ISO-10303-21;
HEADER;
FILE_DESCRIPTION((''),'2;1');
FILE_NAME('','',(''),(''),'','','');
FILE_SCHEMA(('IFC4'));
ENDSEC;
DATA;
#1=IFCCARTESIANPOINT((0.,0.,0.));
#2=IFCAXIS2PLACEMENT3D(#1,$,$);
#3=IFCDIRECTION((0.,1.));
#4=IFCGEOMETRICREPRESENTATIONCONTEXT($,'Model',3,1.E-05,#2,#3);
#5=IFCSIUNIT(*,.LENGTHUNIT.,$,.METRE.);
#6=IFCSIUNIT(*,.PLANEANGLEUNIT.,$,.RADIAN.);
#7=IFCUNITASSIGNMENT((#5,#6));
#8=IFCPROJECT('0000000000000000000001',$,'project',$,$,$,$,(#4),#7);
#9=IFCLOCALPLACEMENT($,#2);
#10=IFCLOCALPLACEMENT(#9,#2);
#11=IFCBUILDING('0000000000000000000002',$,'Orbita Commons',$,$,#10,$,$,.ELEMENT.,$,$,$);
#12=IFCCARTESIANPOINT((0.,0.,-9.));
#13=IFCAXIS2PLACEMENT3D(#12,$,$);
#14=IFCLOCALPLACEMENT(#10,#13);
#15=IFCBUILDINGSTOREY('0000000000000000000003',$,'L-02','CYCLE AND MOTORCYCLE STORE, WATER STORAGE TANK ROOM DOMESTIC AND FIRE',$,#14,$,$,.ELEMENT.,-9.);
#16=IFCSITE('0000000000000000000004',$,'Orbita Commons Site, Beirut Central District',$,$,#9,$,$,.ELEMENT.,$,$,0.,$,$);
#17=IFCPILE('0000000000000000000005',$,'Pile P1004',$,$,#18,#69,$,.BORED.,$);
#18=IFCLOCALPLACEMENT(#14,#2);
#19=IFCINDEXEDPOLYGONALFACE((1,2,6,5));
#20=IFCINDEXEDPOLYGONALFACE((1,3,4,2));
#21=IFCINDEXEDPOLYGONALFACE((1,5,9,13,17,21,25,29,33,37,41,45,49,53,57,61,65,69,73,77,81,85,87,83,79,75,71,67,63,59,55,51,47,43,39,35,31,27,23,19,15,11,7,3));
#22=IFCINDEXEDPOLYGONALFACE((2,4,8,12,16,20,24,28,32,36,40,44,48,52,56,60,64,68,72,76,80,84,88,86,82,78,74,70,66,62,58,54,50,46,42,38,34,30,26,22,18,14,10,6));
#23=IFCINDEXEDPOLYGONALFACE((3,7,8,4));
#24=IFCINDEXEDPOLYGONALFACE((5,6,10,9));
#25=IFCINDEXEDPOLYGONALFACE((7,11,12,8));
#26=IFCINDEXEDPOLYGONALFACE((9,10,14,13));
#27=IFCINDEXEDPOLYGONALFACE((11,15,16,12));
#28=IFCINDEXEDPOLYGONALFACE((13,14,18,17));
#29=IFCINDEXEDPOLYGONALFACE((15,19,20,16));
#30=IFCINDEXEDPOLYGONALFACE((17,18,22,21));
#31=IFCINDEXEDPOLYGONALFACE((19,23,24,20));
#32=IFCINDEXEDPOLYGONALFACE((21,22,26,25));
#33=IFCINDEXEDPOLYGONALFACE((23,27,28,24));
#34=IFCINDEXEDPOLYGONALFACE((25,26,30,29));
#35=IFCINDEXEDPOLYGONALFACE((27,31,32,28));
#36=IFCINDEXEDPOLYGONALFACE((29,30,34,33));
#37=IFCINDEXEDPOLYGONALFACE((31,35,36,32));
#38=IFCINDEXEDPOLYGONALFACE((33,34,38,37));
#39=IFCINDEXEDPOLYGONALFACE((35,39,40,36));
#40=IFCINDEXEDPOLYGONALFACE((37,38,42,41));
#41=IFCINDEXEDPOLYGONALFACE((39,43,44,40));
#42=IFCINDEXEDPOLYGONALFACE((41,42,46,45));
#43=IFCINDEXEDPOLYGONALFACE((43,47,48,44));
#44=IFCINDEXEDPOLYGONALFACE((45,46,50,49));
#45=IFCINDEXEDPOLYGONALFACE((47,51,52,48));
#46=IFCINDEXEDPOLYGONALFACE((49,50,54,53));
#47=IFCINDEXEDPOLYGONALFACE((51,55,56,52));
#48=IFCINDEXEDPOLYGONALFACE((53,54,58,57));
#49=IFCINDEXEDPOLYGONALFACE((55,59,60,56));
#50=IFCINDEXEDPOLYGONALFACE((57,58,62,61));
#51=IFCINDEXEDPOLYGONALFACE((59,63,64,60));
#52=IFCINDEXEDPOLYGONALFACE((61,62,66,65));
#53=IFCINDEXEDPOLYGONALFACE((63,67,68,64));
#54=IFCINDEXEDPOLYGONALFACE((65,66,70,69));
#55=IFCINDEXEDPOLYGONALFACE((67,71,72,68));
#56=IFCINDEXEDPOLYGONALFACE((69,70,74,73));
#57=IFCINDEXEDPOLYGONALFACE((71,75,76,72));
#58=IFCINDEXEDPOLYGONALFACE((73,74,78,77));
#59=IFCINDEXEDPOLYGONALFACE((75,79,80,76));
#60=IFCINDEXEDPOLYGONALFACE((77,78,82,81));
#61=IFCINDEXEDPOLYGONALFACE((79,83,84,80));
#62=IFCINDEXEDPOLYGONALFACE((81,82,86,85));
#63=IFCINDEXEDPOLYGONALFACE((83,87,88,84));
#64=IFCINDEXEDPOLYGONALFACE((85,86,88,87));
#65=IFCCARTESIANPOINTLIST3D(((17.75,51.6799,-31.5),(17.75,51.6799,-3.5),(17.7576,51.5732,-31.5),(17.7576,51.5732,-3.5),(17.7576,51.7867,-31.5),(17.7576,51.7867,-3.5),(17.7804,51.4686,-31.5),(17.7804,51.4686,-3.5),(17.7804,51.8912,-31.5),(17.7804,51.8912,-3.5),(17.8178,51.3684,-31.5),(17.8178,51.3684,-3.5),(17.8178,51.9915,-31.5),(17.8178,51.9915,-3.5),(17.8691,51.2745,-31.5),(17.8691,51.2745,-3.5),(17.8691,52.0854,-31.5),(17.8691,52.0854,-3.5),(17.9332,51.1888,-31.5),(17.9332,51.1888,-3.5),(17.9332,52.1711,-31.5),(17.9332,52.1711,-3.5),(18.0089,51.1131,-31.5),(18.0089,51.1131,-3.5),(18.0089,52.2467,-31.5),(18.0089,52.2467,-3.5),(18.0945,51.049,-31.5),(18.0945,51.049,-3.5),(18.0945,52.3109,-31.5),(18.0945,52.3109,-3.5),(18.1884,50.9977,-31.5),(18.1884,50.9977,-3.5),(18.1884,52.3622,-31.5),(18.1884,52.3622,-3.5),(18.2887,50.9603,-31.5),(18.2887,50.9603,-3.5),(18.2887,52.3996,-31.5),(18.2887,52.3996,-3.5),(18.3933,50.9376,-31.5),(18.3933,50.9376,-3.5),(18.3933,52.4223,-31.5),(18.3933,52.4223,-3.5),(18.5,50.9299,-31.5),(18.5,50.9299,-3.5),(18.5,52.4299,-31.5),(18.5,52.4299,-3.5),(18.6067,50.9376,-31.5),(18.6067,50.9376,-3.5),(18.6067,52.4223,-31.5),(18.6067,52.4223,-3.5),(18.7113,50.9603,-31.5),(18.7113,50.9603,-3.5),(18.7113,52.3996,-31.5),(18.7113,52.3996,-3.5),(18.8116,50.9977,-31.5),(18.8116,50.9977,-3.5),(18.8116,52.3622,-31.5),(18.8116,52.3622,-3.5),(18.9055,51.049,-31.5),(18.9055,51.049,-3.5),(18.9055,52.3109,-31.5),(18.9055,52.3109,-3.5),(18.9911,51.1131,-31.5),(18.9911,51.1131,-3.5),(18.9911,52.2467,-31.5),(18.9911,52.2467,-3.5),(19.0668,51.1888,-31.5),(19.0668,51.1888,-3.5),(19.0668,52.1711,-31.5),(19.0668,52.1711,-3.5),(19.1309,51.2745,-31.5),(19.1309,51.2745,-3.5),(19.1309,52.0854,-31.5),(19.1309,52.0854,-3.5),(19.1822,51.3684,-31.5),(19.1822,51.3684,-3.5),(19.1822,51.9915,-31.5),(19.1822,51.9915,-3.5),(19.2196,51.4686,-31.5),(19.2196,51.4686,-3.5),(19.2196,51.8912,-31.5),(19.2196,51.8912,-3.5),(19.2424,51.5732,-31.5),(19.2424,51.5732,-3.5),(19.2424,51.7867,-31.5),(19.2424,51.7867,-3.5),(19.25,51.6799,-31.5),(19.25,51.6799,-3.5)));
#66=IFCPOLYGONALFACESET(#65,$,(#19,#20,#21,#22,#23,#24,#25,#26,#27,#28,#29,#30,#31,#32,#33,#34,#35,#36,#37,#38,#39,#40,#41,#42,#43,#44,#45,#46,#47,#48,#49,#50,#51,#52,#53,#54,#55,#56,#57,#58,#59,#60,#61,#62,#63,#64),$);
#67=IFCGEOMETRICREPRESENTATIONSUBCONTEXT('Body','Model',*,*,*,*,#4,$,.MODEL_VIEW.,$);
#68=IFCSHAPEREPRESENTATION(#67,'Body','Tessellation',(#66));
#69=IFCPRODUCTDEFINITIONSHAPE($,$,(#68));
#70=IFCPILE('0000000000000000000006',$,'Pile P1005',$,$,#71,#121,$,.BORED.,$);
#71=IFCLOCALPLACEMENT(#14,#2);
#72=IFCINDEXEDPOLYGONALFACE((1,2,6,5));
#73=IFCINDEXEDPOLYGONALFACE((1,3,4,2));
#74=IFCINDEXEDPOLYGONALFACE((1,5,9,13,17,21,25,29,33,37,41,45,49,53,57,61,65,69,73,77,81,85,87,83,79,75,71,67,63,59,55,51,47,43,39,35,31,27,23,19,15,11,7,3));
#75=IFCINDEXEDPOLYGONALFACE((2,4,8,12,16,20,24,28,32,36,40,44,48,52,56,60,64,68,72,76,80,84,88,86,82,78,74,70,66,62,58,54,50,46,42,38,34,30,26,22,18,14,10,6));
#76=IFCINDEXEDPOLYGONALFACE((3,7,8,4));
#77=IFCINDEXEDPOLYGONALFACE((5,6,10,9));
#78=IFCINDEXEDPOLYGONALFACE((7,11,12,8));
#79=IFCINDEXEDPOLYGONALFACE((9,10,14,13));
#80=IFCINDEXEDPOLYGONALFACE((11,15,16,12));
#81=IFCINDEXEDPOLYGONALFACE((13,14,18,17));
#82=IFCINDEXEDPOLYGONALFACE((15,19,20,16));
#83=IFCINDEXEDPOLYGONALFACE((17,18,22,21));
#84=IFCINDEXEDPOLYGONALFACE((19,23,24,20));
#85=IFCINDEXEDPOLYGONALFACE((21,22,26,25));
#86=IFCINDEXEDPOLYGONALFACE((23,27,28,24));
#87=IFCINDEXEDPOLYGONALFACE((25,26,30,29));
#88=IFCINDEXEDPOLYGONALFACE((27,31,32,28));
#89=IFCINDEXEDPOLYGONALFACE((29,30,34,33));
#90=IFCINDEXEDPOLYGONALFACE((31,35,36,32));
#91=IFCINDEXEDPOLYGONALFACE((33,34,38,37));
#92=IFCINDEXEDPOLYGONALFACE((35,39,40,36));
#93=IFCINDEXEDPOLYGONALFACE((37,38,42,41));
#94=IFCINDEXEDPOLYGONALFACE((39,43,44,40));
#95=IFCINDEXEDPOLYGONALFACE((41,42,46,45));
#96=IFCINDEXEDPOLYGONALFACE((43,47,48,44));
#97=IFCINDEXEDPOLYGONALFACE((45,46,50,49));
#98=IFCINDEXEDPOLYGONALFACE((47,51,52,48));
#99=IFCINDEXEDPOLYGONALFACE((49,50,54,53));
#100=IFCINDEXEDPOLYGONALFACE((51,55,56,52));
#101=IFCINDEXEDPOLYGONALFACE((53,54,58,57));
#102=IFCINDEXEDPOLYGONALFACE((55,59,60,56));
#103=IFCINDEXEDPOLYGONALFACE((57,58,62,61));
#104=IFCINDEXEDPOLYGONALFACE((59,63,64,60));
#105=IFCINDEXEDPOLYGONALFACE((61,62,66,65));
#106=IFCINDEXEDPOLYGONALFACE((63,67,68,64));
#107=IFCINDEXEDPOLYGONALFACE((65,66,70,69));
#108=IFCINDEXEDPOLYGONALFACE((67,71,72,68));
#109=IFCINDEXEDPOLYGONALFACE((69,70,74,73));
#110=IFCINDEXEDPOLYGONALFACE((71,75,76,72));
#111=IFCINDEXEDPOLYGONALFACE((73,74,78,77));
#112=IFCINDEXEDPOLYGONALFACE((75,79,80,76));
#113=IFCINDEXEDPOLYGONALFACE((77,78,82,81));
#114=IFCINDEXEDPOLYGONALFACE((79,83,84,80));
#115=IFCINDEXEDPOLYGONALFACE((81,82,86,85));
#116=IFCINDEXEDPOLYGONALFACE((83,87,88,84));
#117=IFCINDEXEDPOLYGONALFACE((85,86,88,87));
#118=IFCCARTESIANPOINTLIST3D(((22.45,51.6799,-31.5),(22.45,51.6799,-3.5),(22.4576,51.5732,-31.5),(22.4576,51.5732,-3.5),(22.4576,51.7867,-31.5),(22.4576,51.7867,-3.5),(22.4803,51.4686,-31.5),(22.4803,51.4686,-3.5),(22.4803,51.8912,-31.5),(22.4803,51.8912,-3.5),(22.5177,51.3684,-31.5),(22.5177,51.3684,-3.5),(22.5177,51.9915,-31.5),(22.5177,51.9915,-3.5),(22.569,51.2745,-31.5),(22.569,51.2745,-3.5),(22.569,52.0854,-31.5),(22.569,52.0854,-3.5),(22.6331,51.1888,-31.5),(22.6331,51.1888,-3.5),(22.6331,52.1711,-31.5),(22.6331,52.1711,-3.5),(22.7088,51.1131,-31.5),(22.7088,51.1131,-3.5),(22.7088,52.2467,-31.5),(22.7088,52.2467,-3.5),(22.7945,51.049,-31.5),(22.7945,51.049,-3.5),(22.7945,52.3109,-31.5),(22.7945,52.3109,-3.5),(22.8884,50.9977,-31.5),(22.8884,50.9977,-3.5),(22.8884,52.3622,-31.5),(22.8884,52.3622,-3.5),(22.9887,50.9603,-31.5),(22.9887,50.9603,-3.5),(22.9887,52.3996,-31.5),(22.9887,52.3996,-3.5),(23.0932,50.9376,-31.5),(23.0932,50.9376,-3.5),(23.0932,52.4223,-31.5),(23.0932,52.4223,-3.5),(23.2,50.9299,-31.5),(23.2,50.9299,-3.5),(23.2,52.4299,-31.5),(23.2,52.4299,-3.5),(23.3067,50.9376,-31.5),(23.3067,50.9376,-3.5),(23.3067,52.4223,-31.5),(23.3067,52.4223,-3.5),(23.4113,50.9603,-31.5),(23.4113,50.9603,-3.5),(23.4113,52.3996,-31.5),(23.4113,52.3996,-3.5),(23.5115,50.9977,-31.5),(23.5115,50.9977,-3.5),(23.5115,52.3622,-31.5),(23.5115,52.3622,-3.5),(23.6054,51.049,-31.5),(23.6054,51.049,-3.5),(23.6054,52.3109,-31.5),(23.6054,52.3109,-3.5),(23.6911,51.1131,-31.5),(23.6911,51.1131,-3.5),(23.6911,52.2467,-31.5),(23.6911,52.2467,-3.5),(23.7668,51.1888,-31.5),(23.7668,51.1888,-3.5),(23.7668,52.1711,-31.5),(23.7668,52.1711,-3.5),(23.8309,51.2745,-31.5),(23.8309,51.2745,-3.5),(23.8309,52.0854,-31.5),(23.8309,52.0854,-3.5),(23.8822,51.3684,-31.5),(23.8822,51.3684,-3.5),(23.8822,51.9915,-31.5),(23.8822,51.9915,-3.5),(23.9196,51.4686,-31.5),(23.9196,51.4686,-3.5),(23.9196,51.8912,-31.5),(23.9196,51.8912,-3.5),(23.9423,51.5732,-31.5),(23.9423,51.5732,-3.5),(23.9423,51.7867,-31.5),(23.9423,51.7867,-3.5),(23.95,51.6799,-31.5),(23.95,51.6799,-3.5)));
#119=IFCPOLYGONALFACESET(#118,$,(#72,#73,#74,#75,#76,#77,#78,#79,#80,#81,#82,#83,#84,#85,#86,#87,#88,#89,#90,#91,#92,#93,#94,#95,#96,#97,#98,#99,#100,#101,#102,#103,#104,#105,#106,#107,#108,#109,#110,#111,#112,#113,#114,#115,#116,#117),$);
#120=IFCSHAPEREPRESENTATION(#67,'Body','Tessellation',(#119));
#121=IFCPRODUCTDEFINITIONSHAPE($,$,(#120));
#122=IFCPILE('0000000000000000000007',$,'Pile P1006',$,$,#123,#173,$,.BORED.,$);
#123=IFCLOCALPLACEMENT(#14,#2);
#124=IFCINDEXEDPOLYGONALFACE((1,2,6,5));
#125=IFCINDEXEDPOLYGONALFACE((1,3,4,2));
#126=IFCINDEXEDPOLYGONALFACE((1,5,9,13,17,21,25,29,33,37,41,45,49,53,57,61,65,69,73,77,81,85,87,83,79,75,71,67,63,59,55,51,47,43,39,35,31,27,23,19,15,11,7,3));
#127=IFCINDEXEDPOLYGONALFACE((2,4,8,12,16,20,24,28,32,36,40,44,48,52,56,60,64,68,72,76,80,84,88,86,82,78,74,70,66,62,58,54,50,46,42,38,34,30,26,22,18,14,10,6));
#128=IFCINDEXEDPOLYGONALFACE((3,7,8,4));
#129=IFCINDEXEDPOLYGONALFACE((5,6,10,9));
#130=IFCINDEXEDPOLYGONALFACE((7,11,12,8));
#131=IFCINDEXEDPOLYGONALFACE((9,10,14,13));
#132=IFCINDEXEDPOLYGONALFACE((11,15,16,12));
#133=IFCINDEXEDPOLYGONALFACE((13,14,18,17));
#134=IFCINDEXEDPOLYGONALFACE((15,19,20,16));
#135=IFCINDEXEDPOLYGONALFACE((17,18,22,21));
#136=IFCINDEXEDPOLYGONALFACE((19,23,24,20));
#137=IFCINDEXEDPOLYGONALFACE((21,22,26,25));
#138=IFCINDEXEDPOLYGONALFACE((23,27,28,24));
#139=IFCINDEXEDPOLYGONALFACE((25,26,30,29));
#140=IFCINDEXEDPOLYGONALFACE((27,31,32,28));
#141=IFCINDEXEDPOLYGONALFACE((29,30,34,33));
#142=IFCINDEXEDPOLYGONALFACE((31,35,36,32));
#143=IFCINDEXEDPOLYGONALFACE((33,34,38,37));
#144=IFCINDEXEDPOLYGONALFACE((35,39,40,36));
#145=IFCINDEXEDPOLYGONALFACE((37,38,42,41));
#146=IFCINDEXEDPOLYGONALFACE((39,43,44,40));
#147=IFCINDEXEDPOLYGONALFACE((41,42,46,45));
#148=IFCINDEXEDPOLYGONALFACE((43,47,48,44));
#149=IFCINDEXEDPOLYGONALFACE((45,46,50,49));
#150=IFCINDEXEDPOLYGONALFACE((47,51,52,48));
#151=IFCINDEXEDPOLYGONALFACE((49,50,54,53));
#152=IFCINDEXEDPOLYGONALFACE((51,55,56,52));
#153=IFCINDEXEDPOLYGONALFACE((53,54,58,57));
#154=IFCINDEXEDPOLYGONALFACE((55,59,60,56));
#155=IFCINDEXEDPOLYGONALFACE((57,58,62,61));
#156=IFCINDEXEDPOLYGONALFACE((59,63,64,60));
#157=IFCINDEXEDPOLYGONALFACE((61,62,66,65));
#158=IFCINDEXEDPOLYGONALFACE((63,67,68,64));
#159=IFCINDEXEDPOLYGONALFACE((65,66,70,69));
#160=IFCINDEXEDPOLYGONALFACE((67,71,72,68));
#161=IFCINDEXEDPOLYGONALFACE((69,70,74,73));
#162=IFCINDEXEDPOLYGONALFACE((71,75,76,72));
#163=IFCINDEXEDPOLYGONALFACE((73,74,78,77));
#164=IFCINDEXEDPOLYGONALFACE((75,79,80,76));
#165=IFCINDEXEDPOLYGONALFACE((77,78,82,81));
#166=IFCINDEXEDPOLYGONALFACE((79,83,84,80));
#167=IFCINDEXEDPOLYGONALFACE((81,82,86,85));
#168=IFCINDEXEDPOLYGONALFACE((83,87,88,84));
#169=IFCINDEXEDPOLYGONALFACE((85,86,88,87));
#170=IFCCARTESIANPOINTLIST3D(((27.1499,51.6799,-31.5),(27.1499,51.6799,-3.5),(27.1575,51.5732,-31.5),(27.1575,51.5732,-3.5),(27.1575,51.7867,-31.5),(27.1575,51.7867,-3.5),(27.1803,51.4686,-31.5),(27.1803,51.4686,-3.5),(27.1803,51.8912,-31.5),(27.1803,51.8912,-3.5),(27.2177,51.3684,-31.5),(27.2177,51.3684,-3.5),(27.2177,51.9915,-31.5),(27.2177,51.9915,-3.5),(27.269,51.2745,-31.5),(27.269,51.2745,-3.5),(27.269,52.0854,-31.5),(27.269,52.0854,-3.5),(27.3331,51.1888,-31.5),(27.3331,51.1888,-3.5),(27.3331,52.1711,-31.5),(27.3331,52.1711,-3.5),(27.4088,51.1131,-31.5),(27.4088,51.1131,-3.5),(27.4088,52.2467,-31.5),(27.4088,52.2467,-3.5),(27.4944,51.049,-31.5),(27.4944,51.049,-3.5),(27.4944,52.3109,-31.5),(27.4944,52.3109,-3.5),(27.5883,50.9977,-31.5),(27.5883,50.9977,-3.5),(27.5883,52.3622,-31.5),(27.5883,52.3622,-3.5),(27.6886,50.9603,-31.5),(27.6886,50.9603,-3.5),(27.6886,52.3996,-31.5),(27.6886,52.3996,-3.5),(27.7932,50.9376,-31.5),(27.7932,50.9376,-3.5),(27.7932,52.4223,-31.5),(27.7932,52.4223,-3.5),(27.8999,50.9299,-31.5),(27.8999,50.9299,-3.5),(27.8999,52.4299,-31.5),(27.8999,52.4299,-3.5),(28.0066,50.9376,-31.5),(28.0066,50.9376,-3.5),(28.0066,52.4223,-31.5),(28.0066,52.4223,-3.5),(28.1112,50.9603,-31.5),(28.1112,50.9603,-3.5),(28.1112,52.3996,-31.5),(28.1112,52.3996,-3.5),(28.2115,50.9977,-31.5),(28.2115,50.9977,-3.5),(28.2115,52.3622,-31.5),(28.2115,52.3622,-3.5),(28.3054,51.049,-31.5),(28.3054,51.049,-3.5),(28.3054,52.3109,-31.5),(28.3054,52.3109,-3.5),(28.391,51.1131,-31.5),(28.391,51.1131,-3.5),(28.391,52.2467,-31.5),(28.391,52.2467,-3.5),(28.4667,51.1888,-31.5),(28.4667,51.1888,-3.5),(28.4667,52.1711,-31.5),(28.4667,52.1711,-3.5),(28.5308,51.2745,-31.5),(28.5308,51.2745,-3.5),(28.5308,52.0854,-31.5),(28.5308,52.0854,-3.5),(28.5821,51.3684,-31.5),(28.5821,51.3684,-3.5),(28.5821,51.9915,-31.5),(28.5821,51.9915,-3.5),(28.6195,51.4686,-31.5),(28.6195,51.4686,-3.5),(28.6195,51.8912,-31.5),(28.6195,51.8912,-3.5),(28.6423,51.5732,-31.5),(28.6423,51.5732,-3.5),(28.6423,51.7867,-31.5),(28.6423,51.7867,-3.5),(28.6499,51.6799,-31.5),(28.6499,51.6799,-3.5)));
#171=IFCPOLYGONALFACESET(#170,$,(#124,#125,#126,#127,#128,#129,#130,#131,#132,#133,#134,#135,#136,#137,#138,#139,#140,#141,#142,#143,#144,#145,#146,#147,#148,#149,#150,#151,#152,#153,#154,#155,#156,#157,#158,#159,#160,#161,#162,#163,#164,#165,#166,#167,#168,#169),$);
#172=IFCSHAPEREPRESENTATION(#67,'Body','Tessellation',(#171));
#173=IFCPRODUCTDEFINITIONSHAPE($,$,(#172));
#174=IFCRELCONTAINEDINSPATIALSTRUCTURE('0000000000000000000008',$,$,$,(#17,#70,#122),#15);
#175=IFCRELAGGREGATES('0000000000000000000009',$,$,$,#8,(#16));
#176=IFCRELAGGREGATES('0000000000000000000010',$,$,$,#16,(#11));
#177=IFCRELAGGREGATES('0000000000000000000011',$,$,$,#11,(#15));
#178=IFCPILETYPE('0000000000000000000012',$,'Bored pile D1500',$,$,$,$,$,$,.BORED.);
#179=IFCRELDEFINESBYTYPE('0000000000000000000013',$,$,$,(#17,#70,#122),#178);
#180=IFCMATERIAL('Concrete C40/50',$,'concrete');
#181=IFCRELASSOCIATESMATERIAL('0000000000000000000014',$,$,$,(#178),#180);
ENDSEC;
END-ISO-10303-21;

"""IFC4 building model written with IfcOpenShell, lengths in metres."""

from ifc_helpers import new_model, si_unit, direction, frame, origin, origin_2d, place, context, subcontext, project, spatial, circle, extrude, material, material_profile, profile_set, type_object, element, save


model = new_model("IFC4")

# Units and contexts
model_context = context("Model", 3, precision=1e-05, world=origin(), true_north=direction((0.0, 1.0)))
body_context = subcontext(model_context, "Body", "Model", "MODEL_VIEW")
ifc_project = project(units=[si_unit("LENGTHUNIT", "METRE"), si_unit("PLANEANGLEUNIT", "RADIAN")], contexts=[model_context])

# Site, building, storey
site_placement = place(None, origin())
site = spatial("IfcSite", under=ifc_project, at=site_placement, Name="Orbita Commons Site, Beirut Central District", CompositionType="ELEMENT", RefElevation=0.0)
building_placement = place(site_placement, origin())
building = spatial("IfcBuilding", under=site, at=building_placement, Name="Orbita Commons", CompositionType="ELEMENT")
storey_placement = place(building_placement, frame((0.0, 0.0, -9.0)))
storey = spatial("IfcBuildingStorey", under=building, at=storey_placement, Name="L-02", Description="CYCLE AND MOTORCYCLE STORE, WATER STORAGE TANK ROOM DOMESTIC AND FIRE", CompositionType="ELEMENT", Elevation=-9.0)

# Piles
ifc_material_1 = material(Name="Concrete C40/50", Category="concrete")
ifc_material_profile_1 = material_profile(ifc_material_1, circle(Radius=0.75, at=origin_2d()), Name="RC D1500")
ifc_profile_set_1 = profile_set([ifc_material_profile_1], Name="Concrete C40/50")
pile_type = type_object("IfcPileType", Name="Bored pile D1500", PredefinedType="BORED", material=ifc_profile_set_1)
for number, where, z_axis, x_axis, name in (
    (1, (18.5, 51.6799, -3.5), (0.0, 0.0, -1.0), (1.0, 0.0, 0.0), "Pile P1004"),
    (2, (23.2, 51.6799, -3.5), (0.0, 0.0, -1.0), (1.0, 0.0, 0.0), "Pile P1005"),
    (3, (27.8999, 51.6799, -3.5), (0.0, 0.0, -1.0), (1.0, 0.0, 0.0), "Pile P1006"),
):
    element("IfcPile", number, at=place(storey_placement, frame(where, z_axis=z_axis, x_axis=x_axis)), inside=storey, type_object=pile_type, Name=name, PredefinedType="BORED", context=body_context, shape_type="SweptSolid", body=[
        extrude(circle(Radius=0.75, at=origin_2d()), origin(), (0.0, 0.0, 1.0), 28.0),
    ])

save(model, "model.ifc")
